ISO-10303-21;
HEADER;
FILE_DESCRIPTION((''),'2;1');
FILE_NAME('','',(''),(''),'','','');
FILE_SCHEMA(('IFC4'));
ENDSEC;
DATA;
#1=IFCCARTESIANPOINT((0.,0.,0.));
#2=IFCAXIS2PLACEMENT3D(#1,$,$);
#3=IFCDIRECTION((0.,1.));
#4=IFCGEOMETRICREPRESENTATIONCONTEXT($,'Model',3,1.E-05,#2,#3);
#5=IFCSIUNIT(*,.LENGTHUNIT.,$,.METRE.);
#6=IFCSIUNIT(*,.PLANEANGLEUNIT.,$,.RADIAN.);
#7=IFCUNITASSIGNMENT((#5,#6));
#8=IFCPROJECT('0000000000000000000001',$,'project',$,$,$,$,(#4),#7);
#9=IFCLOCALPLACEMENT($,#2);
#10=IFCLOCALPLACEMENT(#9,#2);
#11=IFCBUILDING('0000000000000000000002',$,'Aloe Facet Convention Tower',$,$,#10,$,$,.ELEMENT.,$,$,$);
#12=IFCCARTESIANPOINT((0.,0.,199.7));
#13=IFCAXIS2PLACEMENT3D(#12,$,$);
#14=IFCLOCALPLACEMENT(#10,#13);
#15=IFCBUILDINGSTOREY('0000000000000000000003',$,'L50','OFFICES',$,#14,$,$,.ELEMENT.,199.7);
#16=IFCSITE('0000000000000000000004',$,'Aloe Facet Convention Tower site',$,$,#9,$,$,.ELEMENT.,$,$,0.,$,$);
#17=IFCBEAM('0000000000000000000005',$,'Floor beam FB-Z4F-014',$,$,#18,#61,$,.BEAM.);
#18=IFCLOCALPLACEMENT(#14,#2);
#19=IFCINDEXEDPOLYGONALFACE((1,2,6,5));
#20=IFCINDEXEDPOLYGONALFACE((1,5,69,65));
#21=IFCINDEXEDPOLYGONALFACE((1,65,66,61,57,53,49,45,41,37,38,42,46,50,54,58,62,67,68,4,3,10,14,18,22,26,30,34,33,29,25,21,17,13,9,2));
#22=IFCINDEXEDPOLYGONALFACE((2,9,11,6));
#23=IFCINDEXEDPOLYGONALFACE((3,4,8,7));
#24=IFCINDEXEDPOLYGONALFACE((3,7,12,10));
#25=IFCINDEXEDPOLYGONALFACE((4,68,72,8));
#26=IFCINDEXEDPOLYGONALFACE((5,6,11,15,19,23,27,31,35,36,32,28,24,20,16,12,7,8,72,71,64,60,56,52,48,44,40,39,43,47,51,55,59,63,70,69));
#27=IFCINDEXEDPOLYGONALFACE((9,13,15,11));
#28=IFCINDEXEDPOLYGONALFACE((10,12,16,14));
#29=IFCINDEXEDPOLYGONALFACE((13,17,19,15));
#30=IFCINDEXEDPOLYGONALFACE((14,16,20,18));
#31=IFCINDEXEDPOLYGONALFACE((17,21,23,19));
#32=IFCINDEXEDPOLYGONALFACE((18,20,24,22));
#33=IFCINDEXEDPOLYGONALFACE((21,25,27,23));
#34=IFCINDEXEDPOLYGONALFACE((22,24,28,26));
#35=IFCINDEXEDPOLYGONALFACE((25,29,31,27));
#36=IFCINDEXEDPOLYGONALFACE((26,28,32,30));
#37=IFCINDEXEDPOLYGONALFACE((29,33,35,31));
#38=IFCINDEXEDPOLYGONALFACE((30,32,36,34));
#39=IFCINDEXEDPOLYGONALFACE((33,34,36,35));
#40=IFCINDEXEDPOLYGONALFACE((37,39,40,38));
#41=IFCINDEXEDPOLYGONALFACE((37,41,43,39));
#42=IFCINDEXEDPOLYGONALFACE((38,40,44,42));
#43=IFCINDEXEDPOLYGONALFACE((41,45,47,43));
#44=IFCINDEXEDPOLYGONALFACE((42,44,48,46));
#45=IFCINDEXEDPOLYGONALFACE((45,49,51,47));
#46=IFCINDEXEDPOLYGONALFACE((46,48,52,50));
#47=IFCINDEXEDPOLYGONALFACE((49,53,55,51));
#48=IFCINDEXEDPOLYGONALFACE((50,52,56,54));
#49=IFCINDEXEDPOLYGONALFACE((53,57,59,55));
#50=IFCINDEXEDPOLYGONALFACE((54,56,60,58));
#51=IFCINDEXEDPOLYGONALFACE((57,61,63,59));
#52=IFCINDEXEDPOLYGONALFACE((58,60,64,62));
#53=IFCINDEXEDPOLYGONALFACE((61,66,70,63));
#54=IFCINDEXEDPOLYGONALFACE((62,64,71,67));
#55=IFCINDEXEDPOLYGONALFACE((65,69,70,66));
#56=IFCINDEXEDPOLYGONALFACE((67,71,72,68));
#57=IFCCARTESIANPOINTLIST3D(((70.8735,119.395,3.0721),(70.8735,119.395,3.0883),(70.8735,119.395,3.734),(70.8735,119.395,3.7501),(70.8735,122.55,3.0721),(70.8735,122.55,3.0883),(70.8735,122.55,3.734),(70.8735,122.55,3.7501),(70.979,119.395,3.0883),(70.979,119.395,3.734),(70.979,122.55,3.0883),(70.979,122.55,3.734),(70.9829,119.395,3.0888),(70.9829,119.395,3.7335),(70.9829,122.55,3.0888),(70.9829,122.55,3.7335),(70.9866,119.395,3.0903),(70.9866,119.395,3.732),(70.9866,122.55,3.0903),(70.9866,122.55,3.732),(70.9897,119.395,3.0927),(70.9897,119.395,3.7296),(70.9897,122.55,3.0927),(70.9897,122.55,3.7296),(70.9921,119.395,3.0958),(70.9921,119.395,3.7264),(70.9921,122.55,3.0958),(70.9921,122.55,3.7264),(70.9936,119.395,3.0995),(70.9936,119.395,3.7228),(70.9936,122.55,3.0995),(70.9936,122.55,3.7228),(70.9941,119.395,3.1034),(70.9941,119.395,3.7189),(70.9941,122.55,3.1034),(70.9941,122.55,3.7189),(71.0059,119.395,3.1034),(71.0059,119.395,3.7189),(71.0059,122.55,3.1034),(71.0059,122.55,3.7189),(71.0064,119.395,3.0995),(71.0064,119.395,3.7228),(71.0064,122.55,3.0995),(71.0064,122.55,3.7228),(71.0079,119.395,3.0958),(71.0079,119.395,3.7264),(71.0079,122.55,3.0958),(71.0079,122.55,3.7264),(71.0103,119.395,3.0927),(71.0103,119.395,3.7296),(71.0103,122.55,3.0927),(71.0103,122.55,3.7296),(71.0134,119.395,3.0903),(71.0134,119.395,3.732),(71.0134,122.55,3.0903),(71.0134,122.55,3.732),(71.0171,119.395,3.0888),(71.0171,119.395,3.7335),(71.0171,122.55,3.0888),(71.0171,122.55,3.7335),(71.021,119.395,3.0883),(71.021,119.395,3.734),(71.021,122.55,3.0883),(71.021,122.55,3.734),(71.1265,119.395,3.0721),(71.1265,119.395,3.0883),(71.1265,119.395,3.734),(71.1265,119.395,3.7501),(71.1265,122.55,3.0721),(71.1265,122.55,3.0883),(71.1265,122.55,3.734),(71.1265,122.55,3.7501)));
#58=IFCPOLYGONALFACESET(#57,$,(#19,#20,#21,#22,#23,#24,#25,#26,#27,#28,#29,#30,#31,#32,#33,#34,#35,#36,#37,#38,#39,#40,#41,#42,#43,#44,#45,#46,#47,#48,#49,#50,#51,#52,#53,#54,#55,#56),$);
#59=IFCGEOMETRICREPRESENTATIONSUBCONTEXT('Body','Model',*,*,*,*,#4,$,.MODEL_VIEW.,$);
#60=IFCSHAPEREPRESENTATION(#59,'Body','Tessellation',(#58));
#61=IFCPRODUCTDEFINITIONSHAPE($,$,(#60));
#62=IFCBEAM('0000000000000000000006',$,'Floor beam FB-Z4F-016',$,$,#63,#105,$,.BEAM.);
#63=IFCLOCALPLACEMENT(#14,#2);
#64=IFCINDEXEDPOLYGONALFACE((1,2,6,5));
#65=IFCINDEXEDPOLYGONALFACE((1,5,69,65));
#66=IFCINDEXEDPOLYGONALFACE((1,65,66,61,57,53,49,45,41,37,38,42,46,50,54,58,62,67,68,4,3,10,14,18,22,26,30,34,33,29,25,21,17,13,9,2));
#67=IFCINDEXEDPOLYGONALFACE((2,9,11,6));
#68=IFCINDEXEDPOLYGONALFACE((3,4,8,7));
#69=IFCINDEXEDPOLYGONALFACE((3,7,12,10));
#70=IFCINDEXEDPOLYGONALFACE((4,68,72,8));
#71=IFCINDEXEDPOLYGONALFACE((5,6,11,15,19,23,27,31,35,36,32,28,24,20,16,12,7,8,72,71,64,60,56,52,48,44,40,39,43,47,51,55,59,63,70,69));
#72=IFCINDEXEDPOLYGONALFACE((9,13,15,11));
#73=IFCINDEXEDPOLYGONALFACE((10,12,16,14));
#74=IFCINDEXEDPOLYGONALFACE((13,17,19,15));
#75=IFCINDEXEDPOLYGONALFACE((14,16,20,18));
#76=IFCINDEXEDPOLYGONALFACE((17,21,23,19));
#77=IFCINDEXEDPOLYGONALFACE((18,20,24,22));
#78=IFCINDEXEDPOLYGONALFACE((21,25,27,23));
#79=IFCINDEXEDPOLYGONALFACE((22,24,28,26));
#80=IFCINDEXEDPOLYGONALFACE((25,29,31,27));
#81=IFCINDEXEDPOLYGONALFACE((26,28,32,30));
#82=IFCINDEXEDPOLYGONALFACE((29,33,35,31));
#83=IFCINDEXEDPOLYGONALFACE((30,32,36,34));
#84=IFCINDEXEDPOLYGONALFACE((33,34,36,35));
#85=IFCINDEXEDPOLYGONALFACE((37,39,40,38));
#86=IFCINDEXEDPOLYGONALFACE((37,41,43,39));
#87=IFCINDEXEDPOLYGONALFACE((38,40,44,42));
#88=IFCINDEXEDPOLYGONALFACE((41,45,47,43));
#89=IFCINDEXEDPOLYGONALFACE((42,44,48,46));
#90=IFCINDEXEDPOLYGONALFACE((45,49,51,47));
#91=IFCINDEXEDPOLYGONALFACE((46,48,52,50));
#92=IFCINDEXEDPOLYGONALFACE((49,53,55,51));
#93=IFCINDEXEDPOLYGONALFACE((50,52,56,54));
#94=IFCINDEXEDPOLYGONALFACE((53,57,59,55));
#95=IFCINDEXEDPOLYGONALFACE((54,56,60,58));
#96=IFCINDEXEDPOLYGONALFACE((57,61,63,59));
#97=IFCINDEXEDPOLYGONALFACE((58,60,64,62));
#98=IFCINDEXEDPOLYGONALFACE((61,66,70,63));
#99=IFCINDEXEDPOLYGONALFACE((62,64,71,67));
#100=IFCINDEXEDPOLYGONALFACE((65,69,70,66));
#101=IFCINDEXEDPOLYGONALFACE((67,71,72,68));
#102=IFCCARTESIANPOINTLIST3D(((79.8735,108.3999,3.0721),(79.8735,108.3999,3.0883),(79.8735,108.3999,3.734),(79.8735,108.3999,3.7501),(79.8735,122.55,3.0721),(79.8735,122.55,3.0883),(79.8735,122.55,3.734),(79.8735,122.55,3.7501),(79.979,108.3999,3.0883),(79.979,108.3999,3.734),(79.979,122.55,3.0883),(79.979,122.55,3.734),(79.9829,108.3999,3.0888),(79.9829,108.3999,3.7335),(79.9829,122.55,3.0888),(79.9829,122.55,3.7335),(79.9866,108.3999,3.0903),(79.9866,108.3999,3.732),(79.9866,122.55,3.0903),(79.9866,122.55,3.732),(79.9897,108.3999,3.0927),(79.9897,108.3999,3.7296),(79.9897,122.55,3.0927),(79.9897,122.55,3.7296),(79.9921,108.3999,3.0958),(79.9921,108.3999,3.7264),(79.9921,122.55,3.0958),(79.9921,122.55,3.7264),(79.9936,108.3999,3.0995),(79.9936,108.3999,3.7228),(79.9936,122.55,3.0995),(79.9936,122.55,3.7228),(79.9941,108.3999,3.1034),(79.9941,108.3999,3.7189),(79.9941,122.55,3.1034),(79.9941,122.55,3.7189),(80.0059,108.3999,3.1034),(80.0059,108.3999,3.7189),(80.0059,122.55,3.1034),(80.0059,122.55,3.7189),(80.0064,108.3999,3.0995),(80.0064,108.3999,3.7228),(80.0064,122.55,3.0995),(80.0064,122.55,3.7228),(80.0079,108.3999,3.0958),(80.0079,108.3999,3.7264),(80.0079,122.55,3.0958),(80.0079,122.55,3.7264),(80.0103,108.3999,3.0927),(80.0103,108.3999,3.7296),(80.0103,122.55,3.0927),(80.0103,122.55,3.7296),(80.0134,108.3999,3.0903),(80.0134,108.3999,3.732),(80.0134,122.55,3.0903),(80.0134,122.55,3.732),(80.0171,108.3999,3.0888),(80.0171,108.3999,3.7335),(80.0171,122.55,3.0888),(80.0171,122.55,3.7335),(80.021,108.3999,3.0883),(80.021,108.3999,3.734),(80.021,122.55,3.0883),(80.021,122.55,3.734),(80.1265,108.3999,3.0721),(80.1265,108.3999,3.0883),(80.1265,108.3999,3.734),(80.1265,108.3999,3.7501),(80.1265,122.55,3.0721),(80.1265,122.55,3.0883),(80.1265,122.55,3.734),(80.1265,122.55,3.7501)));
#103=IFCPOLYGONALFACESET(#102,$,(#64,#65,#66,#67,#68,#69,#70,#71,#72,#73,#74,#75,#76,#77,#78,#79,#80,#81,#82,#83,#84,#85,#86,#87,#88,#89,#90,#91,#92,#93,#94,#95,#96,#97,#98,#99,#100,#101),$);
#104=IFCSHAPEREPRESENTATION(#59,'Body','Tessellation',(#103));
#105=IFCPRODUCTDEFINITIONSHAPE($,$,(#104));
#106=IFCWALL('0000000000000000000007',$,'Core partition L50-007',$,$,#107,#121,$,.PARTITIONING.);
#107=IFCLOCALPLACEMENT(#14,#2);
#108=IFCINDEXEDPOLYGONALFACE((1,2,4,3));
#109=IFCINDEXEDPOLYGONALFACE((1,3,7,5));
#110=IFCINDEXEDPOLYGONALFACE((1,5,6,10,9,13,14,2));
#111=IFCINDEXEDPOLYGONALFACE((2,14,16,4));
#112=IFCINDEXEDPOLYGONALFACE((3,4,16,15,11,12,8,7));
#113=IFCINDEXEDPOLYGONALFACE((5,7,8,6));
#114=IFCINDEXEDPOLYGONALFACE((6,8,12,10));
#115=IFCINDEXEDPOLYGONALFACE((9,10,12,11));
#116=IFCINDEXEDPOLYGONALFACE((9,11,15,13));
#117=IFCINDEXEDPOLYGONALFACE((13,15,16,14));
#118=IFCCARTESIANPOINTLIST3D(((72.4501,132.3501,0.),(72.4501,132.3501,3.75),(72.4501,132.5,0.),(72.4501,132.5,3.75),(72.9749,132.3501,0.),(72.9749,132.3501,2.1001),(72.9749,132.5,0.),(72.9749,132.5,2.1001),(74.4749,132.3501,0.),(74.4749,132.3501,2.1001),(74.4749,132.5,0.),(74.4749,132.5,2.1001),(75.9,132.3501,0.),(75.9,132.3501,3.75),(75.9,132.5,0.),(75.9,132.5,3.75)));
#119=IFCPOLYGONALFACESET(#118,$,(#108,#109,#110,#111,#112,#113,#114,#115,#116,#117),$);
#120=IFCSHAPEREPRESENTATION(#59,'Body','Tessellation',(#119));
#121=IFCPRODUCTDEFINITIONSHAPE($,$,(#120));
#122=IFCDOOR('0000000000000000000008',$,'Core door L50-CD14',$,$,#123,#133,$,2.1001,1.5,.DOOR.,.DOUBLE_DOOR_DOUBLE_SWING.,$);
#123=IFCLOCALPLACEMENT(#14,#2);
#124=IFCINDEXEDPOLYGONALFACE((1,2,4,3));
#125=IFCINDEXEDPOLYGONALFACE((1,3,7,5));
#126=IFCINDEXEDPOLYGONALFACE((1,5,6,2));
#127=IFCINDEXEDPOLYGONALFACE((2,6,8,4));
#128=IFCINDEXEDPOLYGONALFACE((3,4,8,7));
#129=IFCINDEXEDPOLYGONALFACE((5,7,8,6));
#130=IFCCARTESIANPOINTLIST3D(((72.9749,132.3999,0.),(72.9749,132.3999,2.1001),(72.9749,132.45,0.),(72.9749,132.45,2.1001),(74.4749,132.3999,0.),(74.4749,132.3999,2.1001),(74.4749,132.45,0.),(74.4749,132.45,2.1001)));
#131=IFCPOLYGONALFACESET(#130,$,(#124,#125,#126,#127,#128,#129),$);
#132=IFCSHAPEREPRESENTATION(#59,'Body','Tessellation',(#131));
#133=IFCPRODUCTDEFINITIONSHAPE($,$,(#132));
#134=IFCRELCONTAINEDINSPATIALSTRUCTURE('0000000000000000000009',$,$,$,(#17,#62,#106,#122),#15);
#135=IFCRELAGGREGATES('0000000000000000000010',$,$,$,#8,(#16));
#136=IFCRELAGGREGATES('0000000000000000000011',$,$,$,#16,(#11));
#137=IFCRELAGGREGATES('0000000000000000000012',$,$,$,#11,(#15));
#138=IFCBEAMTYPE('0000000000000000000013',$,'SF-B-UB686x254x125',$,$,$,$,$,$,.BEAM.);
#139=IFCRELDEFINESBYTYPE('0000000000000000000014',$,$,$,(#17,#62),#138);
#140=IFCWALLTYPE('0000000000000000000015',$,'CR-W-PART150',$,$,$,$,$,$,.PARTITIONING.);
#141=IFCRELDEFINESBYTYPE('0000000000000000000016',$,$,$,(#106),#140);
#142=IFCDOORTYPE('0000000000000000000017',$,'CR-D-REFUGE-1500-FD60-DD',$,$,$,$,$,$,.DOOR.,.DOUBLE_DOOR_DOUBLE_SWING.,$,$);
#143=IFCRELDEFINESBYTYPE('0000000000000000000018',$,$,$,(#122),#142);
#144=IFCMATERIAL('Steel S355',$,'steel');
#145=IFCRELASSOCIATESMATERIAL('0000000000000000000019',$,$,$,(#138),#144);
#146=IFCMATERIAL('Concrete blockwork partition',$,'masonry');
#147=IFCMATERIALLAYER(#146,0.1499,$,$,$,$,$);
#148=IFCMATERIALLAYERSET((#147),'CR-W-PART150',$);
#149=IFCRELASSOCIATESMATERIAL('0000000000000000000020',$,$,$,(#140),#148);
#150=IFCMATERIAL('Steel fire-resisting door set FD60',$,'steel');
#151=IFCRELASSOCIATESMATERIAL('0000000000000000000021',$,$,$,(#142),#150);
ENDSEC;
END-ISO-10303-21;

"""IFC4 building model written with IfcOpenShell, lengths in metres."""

from ifc_helpers import new_model, si_unit, direction, frame, frame_2d, origin, origin_2d, place, context, subcontext, project, spatial, rectangle, i_section, extrude, material, layer, layer_set, material_profile, profile_set, type_object, element, fill, save


model = new_model("IFC4")

# Units and contexts
model_context = context("Model", 3, precision=1e-05, world=origin(), true_north=direction((0.0, 1.0)))
body_context = subcontext(model_context, "Body", "Model", "MODEL_VIEW")
ifc_project = project(units=[si_unit("LENGTHUNIT", "METRE"), si_unit("PLANEANGLEUNIT", "RADIAN")], contexts=[model_context])

# Site, building, storey
site_placement = place(None, origin())
site = spatial("IfcSite", under=ifc_project, at=site_placement, Name="Aloe Facet Convention Tower site", CompositionType="ELEMENT", RefElevation=0.0)
building_placement = place(site_placement, origin())
building = spatial("IfcBuilding", under=site, at=building_placement, Name="Aloe Facet Convention Tower", CompositionType="ELEMENT")
storey_placement = place(building_placement, frame((0.0, 0.0, 199.7)))
storey = spatial("IfcBuildingStorey", under=building, at=storey_placement, Name="L50", Description="OFFICES", CompositionType="ELEMENT", Elevation=199.7)

# Beams
ifc_material_1 = material(Name="Steel S355", Category="steel")
ifc_material_profile = material_profile(ifc_material_1, i_section(OverallWidth=0.2529, OverallDepth=0.678, WebThickness=0.0117, FlangeThickness=0.0161, FilletRadius=0.0151, at=origin_2d()), Name="UB 686x254x125")
ifc_profile_set = profile_set([ifc_material_profile], Name="Steel S355")
beam_type = type_object("IfcBeamType", Name="SF-B-UB686x254x125", PredefinedType="BEAM", material=ifc_profile_set)
beam_1_placement = place(storey_placement, frame((71.0, 122.55, 3.4111), z_axis=(0.0, -1.0, 0.0), x_axis=(1.0, 0.0, 0.0)))
element("IfcBeam", 1, at=beam_1_placement, inside=storey, type_object=beam_type, Name="Floor beam FB-Z4F-014", PredefinedType="BEAM", context=body_context, shape_type="SweptSolid", body=[
    extrude(i_section(OverallWidth=0.2529, OverallDepth=0.678, WebThickness=0.0117, FlangeThickness=0.0161, FilletRadius=0.0151, at=origin_2d()), origin(), (0.0, 0.0, 1.0), 3.155),
])
beam_2_placement = place(storey_placement, frame((80.0, 122.55, 3.4111), z_axis=(0.0, -1.0, 0.0), x_axis=(1.0, 0.0, 0.0)))
element("IfcBeam", 2, at=beam_2_placement, inside=storey, type_object=beam_type, Name="Floor beam FB-Z4F-016", PredefinedType="BEAM", context=body_context, shape_type="SweptSolid", body=[
    extrude(i_section(OverallWidth=0.2529, OverallDepth=0.678, WebThickness=0.0117, FlangeThickness=0.0161, FilletRadius=0.0151, at=origin_2d()), origin(), (0.0, 0.0, 1.0), 14.1501),
])

# Wall, opening, door
ifc_material_2 = material(Name="Concrete blockwork partition", Category="masonry")
ifc_layer_1 = layer(ifc_material_2, 0.1499)
ifc_layer_set_1 = layer_set([ifc_layer_1], Name="CR-W-PART150")
wall_type_1 = type_object("IfcWallType", Name="CR-W-PART150", PredefinedType="PARTITIONING", material=ifc_layer_set_1)
wall_1_placement = place(storey_placement, frame((72.45, 132.425, 0.0), z_axis=(0.0, 0.0, 1.0), x_axis=(1.0, 0.0, 0.0)))
wall_1 = element("IfcWall", 3, at=wall_1_placement, inside=storey, type_object=wall_type_1, Name="Core partition L50-007", PredefinedType="PARTITIONING", context=body_context, shape_type="SweptSolid", body=[
    extrude(rectangle(XDim=3.45, YDim=0.1499, at=frame_2d((1.7251, 0.0))), origin(), (0.0, 0.0, 1.0), 3.75),
])
opening_1_placement = place(wall_1_placement, frame((0.5249, 0.0, 0.0)))
opening_1 = element("IfcOpeningElement", 4, at=opening_1_placement, cuts=wall_1, PredefinedType="OPENING", context=body_context, shape_type="SweptSolid", body=[
    extrude(rectangle(XDim=1.5, YDim=2.1001, at=frame_2d((0.75, 1.05))), frame((0.0, 0.085, 0.0), z_axis=(0.0, -1.0, 0.0), x_axis=(1.0, 0.0, 0.0)), (0.0, 0.0, 1.0), 0.1699),
])
ifc_material_3 = material(Name="Steel fire-resisting door set FD60", Category="steel")
door_type_1 = type_object("IfcDoorType", Name="CR-D-REFUGE-1500-FD60-DD", OperationType="DOUBLE_DOOR_DOUBLE_SWING", PredefinedType="DOOR", material=ifc_material_3)
door_1_placement = place(opening_1_placement, origin())
door_1 = element("IfcDoor", 5, at=door_1_placement, inside=storey, type_object=door_type_1, Name="Core door L50-CD14", OperationType="DOUBLE_DOOR_DOUBLE_SWING", OverallHeight=2.1001, OverallWidth=1.5, PredefinedType="DOOR", context=body_context, shape_type="SweptSolid", body=[
    extrude(rectangle(XDim=1.5, YDim=2.1001, at=frame_2d((0.75, 1.05))), frame((0.0, 0.0249, 0.0), z_axis=(0.0, -1.0, 0.0), x_axis=(1.0, 0.0, 0.0)), (0.0, 0.0, 1.0), 0.05),
])
fill(opening_1, door_1)

save(model, "model.ifc")
